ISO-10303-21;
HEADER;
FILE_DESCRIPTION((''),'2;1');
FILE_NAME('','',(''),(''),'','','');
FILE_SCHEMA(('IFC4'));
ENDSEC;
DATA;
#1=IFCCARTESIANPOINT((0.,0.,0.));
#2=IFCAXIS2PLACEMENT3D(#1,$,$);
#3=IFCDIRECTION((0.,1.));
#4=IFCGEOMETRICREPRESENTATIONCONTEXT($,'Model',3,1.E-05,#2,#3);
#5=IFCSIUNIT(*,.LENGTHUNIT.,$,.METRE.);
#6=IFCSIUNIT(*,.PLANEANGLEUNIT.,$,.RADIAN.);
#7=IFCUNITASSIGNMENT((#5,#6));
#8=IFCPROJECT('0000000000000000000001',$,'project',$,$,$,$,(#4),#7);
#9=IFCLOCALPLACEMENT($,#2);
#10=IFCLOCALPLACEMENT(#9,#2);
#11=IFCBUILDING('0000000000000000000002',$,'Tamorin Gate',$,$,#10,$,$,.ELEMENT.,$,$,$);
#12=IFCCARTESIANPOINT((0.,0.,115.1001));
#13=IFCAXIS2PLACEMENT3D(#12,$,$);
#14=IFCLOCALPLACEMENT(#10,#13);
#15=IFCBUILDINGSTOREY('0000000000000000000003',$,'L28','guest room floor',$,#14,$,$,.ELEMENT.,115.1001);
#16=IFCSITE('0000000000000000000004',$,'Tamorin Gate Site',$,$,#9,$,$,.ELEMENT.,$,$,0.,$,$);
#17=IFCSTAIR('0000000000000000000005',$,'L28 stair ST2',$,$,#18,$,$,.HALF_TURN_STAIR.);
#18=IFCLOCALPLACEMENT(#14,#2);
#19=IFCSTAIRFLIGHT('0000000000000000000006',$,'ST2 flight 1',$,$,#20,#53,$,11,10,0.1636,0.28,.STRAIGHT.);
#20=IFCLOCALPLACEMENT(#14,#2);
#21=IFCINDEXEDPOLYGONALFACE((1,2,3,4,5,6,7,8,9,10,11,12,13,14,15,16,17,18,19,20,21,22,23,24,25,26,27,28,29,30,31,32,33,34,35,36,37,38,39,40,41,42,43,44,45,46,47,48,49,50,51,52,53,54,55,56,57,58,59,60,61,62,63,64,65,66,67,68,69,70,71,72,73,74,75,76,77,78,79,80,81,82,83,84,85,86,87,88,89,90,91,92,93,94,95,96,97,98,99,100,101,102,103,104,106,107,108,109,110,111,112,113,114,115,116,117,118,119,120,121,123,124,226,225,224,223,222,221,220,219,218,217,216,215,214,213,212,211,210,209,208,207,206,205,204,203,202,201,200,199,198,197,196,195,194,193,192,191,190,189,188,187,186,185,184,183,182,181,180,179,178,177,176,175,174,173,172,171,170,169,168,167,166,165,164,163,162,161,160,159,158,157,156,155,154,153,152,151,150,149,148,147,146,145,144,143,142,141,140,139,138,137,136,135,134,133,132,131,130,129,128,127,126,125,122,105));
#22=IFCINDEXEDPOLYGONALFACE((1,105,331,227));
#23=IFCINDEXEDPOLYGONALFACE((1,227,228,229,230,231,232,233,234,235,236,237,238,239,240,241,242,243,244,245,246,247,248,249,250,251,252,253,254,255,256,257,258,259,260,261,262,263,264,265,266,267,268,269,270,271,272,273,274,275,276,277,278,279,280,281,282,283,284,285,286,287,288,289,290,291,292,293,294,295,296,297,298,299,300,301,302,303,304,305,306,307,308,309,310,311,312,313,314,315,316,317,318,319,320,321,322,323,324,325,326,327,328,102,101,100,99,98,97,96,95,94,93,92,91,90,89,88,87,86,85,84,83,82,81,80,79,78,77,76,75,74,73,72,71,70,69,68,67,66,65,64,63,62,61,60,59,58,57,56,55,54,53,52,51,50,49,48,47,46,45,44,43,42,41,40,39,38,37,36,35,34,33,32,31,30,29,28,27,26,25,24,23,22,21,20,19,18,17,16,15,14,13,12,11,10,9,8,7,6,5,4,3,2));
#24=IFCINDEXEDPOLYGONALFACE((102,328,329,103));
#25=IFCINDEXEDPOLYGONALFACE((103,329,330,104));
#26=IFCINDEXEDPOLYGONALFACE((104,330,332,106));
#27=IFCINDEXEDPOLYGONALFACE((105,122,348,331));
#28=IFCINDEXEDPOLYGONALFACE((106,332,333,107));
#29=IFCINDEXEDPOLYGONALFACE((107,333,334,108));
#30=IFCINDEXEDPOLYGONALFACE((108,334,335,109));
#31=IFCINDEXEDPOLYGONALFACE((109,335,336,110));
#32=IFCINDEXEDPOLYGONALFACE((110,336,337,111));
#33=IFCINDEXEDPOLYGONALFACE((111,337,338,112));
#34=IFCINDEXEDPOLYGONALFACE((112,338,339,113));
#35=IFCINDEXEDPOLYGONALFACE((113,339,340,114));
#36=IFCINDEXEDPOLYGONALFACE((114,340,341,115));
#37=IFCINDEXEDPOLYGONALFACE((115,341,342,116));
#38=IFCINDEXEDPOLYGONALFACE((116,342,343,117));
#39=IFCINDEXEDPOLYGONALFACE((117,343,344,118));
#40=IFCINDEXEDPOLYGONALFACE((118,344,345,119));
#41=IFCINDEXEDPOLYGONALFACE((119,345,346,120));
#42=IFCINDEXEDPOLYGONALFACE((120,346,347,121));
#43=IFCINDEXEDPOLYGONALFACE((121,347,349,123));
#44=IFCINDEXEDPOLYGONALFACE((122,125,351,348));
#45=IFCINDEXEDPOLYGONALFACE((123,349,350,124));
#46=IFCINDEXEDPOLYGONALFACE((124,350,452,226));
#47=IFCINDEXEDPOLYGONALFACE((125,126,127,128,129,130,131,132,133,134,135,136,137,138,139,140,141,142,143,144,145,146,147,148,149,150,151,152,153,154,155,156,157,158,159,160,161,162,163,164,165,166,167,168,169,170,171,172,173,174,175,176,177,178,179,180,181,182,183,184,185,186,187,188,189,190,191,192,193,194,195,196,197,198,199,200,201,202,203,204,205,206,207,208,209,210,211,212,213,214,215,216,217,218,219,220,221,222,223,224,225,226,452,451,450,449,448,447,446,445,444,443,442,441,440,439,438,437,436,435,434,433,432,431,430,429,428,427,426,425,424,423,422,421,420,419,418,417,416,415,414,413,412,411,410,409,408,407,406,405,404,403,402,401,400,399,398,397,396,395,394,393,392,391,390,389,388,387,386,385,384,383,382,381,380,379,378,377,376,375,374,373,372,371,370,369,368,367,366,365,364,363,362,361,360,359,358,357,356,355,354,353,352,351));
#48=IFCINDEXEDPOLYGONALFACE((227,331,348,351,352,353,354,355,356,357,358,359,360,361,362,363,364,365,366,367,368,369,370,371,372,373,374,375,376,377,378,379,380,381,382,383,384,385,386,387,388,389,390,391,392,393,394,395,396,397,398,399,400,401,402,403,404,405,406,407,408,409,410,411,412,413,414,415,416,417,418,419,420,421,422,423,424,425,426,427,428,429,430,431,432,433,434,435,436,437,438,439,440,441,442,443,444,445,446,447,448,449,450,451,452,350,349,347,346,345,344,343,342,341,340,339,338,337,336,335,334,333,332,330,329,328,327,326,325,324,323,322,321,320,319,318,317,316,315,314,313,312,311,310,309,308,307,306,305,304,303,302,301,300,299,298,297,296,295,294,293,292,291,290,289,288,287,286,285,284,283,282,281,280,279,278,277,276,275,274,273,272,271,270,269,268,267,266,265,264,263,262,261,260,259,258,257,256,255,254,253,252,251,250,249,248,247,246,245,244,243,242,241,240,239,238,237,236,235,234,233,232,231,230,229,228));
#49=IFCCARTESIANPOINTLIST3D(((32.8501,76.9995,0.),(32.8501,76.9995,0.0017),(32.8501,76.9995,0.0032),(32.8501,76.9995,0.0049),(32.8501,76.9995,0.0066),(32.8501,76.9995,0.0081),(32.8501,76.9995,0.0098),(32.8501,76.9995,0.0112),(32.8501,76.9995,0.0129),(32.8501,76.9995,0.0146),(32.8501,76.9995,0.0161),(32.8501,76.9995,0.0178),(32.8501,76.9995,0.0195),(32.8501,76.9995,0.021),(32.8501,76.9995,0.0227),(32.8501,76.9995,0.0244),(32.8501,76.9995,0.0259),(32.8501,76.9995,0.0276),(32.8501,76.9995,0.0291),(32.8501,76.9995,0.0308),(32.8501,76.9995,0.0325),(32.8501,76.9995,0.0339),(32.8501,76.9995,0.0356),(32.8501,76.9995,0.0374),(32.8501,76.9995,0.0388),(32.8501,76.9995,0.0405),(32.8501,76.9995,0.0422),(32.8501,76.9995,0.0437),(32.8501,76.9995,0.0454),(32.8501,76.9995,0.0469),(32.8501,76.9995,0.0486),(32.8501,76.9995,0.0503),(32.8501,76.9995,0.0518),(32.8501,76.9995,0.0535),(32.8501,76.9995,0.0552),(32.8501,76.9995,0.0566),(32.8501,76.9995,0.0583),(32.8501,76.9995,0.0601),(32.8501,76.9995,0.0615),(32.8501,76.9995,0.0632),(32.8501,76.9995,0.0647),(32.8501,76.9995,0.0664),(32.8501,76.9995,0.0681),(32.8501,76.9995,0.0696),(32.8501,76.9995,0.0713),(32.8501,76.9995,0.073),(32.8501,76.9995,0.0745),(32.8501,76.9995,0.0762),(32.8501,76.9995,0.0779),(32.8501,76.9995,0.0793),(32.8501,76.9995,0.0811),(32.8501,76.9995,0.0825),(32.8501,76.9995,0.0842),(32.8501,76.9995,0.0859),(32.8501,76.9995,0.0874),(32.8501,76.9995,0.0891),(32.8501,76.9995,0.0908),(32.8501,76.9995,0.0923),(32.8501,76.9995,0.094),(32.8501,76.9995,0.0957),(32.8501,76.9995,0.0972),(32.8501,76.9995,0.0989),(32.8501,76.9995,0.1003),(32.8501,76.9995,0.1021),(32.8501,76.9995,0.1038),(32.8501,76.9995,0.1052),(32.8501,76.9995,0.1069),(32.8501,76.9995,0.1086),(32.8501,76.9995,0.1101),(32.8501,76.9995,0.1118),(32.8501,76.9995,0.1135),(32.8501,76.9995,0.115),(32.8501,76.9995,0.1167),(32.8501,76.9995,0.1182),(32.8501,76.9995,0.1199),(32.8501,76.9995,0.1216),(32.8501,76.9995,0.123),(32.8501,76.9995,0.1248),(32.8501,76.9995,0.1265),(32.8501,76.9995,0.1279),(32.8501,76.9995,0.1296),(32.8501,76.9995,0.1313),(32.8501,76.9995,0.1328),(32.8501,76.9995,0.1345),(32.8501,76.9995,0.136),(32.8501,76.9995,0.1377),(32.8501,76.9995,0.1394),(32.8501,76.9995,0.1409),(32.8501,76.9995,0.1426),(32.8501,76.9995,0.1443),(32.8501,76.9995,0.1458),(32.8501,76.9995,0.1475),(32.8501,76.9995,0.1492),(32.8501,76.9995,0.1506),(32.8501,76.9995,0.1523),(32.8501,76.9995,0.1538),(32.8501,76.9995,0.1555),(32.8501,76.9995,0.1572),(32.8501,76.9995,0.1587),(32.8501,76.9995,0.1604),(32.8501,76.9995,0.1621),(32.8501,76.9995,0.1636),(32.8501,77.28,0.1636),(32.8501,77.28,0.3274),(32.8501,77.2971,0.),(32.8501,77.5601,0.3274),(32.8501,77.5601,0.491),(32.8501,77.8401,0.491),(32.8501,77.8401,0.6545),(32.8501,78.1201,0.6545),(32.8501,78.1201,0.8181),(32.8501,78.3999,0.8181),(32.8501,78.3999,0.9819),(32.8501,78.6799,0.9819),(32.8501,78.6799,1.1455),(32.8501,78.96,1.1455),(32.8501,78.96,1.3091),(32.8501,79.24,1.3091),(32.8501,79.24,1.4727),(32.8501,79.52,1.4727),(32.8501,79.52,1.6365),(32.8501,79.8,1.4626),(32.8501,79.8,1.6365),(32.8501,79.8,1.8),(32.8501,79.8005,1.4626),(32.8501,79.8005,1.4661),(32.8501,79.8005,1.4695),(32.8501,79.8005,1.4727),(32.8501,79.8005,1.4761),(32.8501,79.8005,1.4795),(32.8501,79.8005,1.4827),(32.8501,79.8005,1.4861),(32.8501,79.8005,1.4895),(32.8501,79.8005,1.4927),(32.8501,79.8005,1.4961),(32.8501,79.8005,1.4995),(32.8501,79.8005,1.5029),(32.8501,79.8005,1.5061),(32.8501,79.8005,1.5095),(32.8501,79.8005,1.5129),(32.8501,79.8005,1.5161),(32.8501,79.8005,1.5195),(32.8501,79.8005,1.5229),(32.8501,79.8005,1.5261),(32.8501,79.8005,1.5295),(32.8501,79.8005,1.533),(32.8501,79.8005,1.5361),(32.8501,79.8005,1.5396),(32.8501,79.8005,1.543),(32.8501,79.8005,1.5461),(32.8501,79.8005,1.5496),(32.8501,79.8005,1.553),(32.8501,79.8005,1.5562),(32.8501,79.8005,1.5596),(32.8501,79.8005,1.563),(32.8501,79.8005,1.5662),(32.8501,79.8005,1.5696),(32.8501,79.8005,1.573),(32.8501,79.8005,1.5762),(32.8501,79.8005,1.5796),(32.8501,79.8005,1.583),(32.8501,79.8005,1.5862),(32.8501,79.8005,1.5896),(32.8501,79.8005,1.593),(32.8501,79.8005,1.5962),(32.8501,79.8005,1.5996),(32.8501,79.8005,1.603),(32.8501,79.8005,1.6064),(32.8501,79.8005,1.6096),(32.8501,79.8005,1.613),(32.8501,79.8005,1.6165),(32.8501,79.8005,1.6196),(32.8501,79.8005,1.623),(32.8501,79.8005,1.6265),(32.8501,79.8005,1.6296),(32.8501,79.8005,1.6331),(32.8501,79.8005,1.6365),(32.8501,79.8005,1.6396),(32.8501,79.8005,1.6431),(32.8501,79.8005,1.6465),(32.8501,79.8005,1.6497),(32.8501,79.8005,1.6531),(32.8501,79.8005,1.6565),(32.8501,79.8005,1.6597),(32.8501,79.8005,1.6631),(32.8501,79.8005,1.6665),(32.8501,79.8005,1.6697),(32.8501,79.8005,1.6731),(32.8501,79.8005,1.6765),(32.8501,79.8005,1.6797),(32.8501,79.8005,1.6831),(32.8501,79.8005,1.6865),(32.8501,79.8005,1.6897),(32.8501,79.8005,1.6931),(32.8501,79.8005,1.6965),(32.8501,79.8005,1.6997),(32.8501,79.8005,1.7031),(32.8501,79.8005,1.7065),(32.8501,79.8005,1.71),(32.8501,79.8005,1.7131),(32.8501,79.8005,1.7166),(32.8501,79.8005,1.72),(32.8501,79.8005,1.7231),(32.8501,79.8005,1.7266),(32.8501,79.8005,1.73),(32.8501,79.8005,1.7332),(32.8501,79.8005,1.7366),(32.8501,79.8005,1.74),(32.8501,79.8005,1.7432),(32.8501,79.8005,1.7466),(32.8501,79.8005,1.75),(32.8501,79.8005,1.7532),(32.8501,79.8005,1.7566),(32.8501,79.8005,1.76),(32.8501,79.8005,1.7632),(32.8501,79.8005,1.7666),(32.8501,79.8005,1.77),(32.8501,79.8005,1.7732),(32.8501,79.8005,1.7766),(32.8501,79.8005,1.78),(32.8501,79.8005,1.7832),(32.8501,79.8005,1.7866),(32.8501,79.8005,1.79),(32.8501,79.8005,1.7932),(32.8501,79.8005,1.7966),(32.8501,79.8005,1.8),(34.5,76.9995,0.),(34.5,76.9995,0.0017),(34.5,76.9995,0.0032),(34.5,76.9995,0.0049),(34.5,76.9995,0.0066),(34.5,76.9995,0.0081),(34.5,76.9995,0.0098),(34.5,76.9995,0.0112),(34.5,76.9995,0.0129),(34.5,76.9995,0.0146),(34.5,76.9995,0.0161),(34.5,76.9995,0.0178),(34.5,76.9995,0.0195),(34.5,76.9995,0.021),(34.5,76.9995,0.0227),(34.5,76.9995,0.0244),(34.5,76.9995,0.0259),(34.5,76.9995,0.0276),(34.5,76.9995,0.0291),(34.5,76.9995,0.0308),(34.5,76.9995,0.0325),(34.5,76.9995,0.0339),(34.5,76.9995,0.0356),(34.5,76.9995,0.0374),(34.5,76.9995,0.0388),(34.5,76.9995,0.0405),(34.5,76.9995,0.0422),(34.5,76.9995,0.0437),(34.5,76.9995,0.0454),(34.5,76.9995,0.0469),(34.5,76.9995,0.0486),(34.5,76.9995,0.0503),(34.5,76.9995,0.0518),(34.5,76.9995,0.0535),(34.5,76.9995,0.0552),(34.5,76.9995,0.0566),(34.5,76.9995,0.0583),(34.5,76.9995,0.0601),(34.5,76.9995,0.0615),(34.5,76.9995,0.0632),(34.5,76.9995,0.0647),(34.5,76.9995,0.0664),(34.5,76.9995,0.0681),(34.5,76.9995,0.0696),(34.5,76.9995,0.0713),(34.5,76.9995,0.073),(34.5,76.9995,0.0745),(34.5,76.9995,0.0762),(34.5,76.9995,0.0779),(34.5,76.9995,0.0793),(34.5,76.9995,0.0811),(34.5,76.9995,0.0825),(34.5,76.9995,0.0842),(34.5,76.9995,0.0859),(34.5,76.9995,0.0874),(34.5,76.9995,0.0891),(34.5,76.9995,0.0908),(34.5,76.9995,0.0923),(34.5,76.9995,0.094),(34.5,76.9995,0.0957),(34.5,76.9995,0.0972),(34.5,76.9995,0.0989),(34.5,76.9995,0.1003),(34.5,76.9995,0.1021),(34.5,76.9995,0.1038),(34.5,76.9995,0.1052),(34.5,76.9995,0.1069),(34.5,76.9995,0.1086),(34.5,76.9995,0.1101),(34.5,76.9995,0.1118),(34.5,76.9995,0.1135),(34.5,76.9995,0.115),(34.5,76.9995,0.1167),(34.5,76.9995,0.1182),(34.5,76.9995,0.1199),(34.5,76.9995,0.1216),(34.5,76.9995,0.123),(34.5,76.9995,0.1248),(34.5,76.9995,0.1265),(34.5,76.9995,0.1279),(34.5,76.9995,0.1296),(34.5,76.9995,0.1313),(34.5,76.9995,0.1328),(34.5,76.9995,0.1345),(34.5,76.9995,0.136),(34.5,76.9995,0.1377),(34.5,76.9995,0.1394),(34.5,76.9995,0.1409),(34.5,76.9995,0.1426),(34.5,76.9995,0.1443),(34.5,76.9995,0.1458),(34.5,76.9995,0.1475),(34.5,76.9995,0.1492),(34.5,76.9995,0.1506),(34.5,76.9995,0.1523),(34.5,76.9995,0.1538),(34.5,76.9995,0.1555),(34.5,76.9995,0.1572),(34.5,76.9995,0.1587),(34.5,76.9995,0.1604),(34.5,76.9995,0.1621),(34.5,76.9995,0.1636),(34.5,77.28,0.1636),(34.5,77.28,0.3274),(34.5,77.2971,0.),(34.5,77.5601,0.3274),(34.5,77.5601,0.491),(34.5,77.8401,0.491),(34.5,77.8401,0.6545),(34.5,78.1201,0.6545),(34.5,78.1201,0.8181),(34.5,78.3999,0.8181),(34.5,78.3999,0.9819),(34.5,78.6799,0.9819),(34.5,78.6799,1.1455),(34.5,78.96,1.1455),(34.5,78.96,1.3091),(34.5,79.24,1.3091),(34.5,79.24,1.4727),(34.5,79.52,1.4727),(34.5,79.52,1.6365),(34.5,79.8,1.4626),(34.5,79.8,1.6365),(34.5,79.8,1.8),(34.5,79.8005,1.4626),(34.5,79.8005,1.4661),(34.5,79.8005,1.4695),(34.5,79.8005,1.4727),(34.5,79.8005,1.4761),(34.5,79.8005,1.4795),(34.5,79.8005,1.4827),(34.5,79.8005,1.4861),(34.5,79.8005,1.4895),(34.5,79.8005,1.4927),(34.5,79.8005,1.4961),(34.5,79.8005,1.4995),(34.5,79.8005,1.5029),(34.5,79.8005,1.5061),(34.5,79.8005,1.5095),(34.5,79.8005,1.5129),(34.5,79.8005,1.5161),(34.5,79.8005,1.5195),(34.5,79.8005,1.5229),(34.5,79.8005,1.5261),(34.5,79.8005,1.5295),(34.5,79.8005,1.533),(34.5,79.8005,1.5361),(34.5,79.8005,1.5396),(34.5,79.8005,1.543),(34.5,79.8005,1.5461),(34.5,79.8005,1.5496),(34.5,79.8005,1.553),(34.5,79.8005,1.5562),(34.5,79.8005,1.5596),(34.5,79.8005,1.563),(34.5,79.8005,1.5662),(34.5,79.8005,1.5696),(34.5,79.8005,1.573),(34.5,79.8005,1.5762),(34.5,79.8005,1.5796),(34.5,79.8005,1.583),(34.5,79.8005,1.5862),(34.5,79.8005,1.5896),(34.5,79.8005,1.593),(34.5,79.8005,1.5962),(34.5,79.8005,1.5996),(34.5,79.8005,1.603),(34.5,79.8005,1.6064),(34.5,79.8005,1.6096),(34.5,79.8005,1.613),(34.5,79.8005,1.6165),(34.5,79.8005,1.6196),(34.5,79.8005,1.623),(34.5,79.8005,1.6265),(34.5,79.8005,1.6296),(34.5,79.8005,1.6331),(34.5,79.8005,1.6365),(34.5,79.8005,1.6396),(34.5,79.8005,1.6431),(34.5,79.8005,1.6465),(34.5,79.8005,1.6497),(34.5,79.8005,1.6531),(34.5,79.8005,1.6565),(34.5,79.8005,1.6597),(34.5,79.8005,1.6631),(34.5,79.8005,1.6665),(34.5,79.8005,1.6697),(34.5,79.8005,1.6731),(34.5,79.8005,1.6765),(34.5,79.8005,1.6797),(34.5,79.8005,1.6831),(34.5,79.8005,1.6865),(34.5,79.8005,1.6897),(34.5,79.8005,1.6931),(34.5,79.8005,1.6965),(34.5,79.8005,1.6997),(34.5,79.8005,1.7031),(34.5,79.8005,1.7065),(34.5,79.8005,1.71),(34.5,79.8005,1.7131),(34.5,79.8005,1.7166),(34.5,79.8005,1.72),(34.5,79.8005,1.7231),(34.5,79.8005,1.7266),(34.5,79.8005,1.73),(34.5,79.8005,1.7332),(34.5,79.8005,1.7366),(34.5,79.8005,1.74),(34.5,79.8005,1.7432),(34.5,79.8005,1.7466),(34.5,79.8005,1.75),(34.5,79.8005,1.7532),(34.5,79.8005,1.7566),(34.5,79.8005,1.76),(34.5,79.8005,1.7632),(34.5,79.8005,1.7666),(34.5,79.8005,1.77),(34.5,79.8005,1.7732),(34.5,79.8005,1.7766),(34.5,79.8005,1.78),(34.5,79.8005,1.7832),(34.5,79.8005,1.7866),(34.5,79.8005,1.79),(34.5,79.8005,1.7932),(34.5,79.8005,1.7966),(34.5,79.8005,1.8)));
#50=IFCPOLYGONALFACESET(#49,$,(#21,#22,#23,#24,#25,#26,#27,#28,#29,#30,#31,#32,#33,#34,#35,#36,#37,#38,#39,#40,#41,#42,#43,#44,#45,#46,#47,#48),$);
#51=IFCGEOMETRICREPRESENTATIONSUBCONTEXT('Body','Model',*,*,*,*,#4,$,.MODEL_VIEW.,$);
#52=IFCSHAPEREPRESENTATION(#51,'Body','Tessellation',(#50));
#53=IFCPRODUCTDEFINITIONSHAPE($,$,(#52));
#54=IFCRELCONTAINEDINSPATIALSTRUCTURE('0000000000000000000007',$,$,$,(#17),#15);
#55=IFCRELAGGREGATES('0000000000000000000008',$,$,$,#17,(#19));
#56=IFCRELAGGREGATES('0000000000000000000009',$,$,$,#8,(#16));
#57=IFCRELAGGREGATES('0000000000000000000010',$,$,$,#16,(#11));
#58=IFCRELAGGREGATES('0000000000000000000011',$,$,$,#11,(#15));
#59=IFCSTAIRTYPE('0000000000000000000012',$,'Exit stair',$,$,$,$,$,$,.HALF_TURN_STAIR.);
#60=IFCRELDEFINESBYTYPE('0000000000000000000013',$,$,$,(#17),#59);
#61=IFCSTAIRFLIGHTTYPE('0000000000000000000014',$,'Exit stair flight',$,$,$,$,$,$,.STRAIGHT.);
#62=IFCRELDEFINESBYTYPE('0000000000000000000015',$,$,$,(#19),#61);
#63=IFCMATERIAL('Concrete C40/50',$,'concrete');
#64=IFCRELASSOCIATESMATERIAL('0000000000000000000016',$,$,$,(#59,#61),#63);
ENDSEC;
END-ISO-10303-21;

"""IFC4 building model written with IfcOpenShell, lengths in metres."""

from ifc_helpers import new_model, si_unit, direction, frame, origin, place, context, subcontext, project, spatial, polyline, outline, extrude, material, type_object, element, aggregate, save


model = new_model("IFC4")

# Units and contexts
model_context = context("Model", 3, precision=1e-05, world=origin(), true_north=direction((0.0, 1.0)))
body_context = subcontext(model_context, "Body", "Model", "MODEL_VIEW")
ifc_project = project(units=[si_unit("LENGTHUNIT", "METRE"), si_unit("PLANEANGLEUNIT", "RADIAN")], contexts=[model_context])

# Site, building, storey
site_placement = place(None, origin())
site = spatial("IfcSite", under=ifc_project, at=site_placement, Name="Tamorin Gate Site", CompositionType="ELEMENT", RefElevation=0.0)
building_placement = place(site_placement, origin())
building = spatial("IfcBuilding", under=site, at=building_placement, Name="Tamorin Gate", CompositionType="ELEMENT")
storey_placement = place(building_placement, frame((0.0, 0.0, 115.1001)))
storey = spatial("IfcBuildingStorey", under=building, at=storey_placement, Name="L28", Description="guest room floor", CompositionType="ELEMENT", Elevation=115.1001)

# Shared definitions
ifc_material_1 = material(Name="Concrete C40/50", Category="concrete")

# Stair, stair flight
stair_type = type_object("IfcStairType", Name="Exit stair", PredefinedType="HALF_TURN_STAIR", material=ifc_material_1)
stair_placement = place(storey_placement, origin())
stair = element("IfcStair", 1, at=stair_placement, inside=storey, type_object=stair_type, Name="L28 stair ST2", PredefinedType="HALF_TURN_STAIR")
stair_flight_type = type_object("IfcStairFlightType", Name="Exit stair flight", PredefinedType="STRAIGHT", material=ifc_material_1)
stair_flight_1_placement = place(storey_placement, frame((33.675, 77.0, 0.0), z_axis=(0.0, 0.0, 1.0), x_axis=(0.0, 1.0, 0.0)))
stair_flight_1 = element("IfcStairFlight", 2, at=stair_flight_1_placement, type_object=stair_flight_type, Name="ST2 flight 1", NumberOfRisers=11, NumberOfTreads=10, PredefinedType="STRAIGHT", RiserHeight=0.1636, TreadLength=0.28, context=body_context, shape_type="SweptSolid", body=[
    extrude(outline(polyline([(-0.0005, 0.0), (-0.0005, 0.0017), (-0.0005, 0.0032), (-0.0005, 0.0049), (-0.0005, 0.0066), (-0.0005, 0.0081), (-0.0005, 0.0098), (-0.0005, 0.0112), (-0.0005, 0.0129), (-0.0005, 0.0146), (-0.0005, 0.0161), (-0.0005, 0.0178), (-0.0005, 0.0195), (-0.0005, 0.021), (-0.0005, 0.0227), (-0.0005, 0.0244), (-0.0005, 0.0259), (-0.0005, 0.0276), (-0.0005, 0.0291), (-0.0005, 0.0308), (-0.0005, 0.0325), (-0.0005, 0.0339), (-0.0005, 0.0356), (-0.0005, 0.0374), (-0.0005, 0.0388), (-0.0005, 0.0405), (-0.0005, 0.0422), (-0.0005, 0.0437), (-0.0005, 0.0454), (-0.0005, 0.0469), (-0.0005, 0.0486), (-0.0005, 0.0503), (-0.0005, 0.0518), (-0.0005, 0.0535), (-0.0005, 0.0552), (-0.0005, 0.0566), (-0.0005, 0.0583), (-0.0005, 0.0601), (-0.0005, 0.0615), (-0.0005, 0.0632), (-0.0005, 0.0647), (-0.0005, 0.0664), (-0.0005, 0.0681), (-0.0005, 0.0696), (-0.0005, 0.0713), (-0.0005, 0.073), (-0.0005, 0.0745), (-0.0005, 0.0762), (-0.0005, 0.0779), (-0.0005, 0.0793), (-0.0005, 0.0811), (-0.0005, 0.0825), (-0.0005, 0.0842), (-0.0005, 0.0859), (-0.0005, 0.0874), (-0.0005, 0.0891), (-0.0005, 0.0908), (-0.0005, 0.0923), (-0.0005, 0.094), (-0.0005, 0.0957), (-0.0005, 0.0972), (-0.0005, 0.0989), (-0.0005, 0.1003), (-0.0005, 0.1021), (-0.0005, 0.1038), (-0.0005, 0.1052), (-0.0005, 0.1069), (-0.0005, 0.1086), (-0.0005, 0.1101), (-0.0005, 0.1118), (-0.0005, 0.1135), (-0.0005, 0.115), (-0.0005, 0.1167), (-0.0005, 0.1182), (-0.0005, 0.1199), (-0.0005, 0.1216), (-0.0005, 0.123), (-0.0005, 0.1248), (-0.0005, 0.1265), (-0.0005, 0.1279), (-0.0005, 0.1296), (-0.0005, 0.1313), (-0.0005, 0.1328), (-0.0005, 0.1345), (-0.0005, 0.136), (-0.0005, 0.1377), (-0.0005, 0.1394), (-0.0005, 0.1409), (-0.0005, 0.1426), (-0.0005, 0.1443), (-0.0005, 0.1458), (-0.0005, 0.1475), (-0.0005, 0.1492), (-0.0005, 0.1506), (-0.0005, 0.1523), (-0.0005, 0.1538), (-0.0005, 0.1555), (-0.0005, 0.1572), (-0.0005, 0.1587), (-0.0005, 0.1604), (-0.0005, 0.1621), (-0.0005, 0.1636), (0.28, 0.1636), (0.28, 0.3274), (0.5601, 0.3274), (0.5601, 0.491), (0.8401, 0.491), (0.8401, 0.6545), (1.1201, 0.6545), (1.1201, 0.8181), (1.3999, 0.8181), (1.3999, 0.9819), (1.6799, 0.9819), (1.6799, 1.1455), (1.96, 1.1455), (1.96, 1.3091), (2.24, 1.3091), (2.24, 1.4727), (2.52, 1.4727), (2.52, 1.6365), (2.8, 1.6365), (2.8, 1.8), (2.8005, 1.8), (2.8005, 1.7966), (2.8005, 1.7932), (2.8005, 1.79), (2.8005, 1.7866), (2.8005, 1.7832), (2.8005, 1.78), (2.8005, 1.7766), (2.8005, 1.7732), (2.8005, 1.77), (2.8005, 1.7666), (2.8005, 1.7632), (2.8005, 1.76), (2.8005, 1.7566), (2.8005, 1.7532), (2.8005, 1.75), (2.8005, 1.7466), (2.8005, 1.7432), (2.8005, 1.74), (2.8005, 1.7366), (2.8005, 1.7332), (2.8005, 1.73), (2.8005, 1.7266), (2.8005, 1.7231), (2.8005, 1.72), (2.8005, 1.7166), (2.8005, 1.7131), (2.8005, 1.71), (2.8005, 1.7065), (2.8005, 1.7031), (2.8005, 1.6997), (2.8005, 1.6965), (2.8005, 1.6931), (2.8005, 1.6897), (2.8005, 1.6865), (2.8005, 1.6831), (2.8005, 1.6797), (2.8005, 1.6765), (2.8005, 1.6731), (2.8005, 1.6697), (2.8005, 1.6665), (2.8005, 1.6631), (2.8005, 1.6597), (2.8005, 1.6565), (2.8005, 1.6531), (2.8005, 1.6497), (2.8005, 1.6465), (2.8005, 1.6431), (2.8005, 1.6396), (2.8005, 1.6365), (2.8005, 1.6331), (2.8005, 1.6296), (2.8005, 1.6265), (2.8005, 1.623), (2.8005, 1.6196), (2.8005, 1.6165), (2.8005, 1.613), (2.8005, 1.6096), (2.8005, 1.6064), (2.8005, 1.603), (2.8005, 1.5996), (2.8005, 1.5962), (2.8005, 1.593), (2.8005, 1.5896), (2.8005, 1.5862), (2.8005, 1.583), (2.8005, 1.5796), (2.8005, 1.5762), (2.8005, 1.573), (2.8005, 1.5696), (2.8005, 1.5662), (2.8005, 1.563), (2.8005, 1.5596), (2.8005, 1.5562), (2.8005, 1.553), (2.8005, 1.5496), (2.8005, 1.5461), (2.8005, 1.543), (2.8005, 1.5396), (2.8005, 1.5361), (2.8005, 1.533), (2.8005, 1.5295), (2.8005, 1.5261), (2.8005, 1.5229), (2.8005, 1.5195), (2.8005, 1.5161), (2.8005, 1.5129), (2.8005, 1.5095), (2.8005, 1.5061), (2.8005, 1.5029), (2.8005, 1.4995), (2.8005, 1.4961), (2.8005, 1.4927), (2.8005, 1.4895), (2.8005, 1.4861), (2.8005, 1.4827), (2.8005, 1.4795), (2.8005, 1.4761), (2.8005, 1.4727), (2.8005, 1.4695), (2.8005, 1.4661), (2.8005, 1.4626), (2.8, 1.4626), (0.2971, 0.0), (-0.0005, 0.0)])), frame((0.0, 0.825, 0.0), z_axis=(0.0, -1.0, 0.0), x_axis=(1.0, 0.0, 0.0)), (0.0, 0.0, 1.0), 1.6499),
])
aggregate(stair, [stair_flight_1])

save(model, "model.ifc")
